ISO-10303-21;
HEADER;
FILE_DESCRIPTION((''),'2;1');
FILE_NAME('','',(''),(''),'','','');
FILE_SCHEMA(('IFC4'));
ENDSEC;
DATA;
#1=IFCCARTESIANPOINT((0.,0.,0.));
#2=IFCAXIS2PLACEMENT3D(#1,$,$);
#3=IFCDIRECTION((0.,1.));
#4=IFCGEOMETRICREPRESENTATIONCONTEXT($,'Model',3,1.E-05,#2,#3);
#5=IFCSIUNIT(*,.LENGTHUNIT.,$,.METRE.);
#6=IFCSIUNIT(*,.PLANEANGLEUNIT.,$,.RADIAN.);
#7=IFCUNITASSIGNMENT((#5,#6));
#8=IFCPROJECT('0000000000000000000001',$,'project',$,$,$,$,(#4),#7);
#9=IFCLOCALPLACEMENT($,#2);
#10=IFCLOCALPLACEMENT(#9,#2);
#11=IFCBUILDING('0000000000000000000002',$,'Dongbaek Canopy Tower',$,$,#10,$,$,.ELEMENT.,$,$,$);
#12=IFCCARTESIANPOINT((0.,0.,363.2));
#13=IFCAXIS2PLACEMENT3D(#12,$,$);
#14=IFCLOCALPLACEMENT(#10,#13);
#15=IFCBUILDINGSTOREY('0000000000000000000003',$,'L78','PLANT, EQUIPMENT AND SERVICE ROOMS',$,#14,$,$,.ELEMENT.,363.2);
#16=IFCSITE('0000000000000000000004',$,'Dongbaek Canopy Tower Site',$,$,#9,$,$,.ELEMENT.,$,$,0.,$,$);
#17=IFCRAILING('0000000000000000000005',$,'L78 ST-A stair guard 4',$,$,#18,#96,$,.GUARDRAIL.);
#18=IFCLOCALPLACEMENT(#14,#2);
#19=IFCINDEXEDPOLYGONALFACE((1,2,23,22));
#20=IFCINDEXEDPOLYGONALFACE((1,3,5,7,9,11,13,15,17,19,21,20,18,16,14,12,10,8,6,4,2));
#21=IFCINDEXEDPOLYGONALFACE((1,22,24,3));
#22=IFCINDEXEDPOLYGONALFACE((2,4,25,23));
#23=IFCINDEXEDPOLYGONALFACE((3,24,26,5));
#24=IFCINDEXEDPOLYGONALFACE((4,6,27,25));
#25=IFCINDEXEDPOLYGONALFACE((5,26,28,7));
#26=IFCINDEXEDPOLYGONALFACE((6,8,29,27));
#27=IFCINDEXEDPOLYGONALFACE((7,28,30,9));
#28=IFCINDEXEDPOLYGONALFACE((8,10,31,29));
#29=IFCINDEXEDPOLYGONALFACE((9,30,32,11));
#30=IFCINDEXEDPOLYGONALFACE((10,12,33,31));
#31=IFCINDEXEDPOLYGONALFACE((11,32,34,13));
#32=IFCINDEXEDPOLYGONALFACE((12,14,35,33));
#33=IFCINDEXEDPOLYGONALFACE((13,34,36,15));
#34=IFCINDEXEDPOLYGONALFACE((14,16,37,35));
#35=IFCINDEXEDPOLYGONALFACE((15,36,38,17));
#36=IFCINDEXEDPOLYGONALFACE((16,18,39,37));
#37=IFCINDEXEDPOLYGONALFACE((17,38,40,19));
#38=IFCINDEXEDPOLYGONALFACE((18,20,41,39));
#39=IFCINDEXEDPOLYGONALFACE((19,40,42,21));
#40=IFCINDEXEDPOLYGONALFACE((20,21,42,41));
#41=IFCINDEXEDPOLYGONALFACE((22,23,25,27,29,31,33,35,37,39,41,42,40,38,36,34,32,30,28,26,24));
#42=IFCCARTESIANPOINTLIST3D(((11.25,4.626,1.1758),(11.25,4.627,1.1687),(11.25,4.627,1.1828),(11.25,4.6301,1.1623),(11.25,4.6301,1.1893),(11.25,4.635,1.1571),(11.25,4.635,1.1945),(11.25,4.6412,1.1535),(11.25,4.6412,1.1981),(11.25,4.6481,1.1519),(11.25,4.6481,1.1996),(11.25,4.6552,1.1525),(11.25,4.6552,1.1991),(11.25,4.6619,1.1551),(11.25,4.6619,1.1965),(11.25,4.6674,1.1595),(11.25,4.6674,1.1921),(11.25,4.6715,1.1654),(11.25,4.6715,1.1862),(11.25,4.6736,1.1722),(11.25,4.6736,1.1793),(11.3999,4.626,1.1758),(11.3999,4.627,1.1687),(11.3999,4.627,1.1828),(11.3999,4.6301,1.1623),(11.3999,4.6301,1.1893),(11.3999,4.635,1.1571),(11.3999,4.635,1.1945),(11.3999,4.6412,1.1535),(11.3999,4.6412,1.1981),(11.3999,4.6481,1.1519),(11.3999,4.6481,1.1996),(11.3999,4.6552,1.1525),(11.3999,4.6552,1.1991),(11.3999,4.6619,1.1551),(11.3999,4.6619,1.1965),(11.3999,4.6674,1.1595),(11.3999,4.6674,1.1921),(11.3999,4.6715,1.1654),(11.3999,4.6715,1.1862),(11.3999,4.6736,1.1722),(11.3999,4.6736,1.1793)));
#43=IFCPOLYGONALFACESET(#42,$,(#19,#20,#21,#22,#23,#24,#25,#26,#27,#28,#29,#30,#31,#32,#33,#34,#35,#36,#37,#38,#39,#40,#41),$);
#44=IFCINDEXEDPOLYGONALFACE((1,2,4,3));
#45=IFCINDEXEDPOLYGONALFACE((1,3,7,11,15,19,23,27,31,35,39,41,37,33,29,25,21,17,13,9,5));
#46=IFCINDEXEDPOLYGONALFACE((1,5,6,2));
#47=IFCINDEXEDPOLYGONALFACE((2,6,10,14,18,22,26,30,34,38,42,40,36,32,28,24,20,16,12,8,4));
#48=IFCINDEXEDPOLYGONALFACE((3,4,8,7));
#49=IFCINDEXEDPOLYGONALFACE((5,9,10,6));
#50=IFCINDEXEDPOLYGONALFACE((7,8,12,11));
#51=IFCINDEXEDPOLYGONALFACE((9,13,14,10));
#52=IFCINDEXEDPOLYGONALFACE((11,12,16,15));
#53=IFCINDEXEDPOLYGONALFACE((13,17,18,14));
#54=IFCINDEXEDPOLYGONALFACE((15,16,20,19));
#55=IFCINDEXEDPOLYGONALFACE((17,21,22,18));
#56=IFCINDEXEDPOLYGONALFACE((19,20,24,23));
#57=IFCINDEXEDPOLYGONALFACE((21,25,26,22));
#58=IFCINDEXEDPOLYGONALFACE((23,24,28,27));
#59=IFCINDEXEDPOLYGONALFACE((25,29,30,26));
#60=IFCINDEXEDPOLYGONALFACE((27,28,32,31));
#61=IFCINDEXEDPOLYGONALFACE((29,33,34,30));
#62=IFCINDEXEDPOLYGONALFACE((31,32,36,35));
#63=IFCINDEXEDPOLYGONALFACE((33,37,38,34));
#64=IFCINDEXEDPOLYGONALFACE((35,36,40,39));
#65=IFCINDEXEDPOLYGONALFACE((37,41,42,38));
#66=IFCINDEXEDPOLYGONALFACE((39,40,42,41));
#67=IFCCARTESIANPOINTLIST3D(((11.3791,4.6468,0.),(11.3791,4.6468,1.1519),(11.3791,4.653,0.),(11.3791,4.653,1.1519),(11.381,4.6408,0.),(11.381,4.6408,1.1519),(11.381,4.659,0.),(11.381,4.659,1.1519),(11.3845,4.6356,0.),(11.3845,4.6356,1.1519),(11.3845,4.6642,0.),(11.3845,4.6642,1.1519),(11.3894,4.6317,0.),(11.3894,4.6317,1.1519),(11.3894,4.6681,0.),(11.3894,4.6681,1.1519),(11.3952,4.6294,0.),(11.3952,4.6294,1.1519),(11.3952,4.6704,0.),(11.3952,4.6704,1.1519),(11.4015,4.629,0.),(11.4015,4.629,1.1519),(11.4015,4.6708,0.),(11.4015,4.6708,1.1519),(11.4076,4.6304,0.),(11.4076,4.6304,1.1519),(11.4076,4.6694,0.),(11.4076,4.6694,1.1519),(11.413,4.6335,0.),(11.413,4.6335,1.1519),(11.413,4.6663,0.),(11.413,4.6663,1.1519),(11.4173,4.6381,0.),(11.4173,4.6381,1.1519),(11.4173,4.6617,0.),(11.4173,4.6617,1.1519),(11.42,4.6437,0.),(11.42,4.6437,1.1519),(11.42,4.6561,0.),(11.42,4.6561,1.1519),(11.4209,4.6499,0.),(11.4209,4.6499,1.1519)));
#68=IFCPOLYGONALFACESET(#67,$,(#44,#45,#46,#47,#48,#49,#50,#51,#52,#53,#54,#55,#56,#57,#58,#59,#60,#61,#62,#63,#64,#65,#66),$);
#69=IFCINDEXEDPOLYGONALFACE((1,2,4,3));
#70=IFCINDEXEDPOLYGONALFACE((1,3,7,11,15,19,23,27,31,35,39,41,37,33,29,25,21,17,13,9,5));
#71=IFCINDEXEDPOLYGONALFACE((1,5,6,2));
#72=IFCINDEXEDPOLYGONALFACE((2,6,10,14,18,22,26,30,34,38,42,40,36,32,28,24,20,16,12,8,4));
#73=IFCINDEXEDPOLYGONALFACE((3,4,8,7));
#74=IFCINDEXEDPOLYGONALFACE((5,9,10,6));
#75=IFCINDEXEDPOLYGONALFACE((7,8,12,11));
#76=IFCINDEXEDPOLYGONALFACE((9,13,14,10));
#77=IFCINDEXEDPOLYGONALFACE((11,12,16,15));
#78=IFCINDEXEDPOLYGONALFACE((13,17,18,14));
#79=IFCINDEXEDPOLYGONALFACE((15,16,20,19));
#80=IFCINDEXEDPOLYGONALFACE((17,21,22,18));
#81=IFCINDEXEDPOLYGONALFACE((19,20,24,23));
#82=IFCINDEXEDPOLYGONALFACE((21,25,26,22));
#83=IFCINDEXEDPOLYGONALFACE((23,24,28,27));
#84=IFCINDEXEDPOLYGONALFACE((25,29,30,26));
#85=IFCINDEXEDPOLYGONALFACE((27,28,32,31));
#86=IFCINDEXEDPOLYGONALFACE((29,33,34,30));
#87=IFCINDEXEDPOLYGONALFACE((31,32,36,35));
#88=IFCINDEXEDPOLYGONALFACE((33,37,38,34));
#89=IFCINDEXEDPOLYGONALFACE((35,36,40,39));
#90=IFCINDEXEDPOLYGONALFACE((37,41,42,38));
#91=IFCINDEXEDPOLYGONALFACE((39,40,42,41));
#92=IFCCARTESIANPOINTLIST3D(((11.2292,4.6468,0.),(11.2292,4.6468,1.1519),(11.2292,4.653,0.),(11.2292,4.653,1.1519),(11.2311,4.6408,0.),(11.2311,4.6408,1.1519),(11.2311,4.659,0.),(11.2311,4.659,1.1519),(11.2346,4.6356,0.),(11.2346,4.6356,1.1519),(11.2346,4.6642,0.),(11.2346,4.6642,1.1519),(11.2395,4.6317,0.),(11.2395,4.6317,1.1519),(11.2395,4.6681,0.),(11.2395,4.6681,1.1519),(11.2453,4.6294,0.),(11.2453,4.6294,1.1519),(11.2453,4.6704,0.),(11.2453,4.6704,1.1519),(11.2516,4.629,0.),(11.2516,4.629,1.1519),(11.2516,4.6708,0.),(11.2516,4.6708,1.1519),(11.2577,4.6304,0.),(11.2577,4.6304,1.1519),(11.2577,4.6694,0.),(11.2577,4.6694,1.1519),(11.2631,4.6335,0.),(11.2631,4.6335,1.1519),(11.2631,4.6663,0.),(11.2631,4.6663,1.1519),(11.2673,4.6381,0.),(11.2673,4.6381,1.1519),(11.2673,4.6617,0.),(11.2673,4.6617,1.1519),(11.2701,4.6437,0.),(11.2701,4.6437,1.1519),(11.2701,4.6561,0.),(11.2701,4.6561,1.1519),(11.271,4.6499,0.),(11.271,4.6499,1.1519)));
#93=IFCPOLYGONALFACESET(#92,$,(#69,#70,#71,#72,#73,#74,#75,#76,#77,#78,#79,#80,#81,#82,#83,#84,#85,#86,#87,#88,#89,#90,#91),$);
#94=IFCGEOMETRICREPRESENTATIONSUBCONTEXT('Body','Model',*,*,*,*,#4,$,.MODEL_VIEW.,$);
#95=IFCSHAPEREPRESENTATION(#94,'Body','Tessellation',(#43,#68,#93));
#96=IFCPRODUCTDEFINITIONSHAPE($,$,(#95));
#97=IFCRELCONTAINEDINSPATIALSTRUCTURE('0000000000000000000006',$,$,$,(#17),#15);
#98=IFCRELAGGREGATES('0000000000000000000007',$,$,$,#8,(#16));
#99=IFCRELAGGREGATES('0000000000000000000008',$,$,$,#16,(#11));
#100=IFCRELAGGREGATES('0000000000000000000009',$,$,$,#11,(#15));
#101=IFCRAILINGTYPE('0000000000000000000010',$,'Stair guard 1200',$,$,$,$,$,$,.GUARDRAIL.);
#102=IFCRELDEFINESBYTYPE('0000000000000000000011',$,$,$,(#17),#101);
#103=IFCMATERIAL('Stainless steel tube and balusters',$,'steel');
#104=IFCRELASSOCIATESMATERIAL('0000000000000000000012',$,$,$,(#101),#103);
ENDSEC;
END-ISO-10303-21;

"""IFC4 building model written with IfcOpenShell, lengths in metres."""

from ifc_helpers import new_model, si_unit, direction, frame, origin, origin_2d, place, context, subcontext, project, spatial, circle, extrude, material, type_object, element, save


model = new_model("IFC4")

# Units and contexts
model_context = context("Model", 3, precision=1e-05, world=origin(), true_north=direction((0.0, 1.0)))
body_context = subcontext(model_context, "Body", "Model", "MODEL_VIEW")
ifc_project = project(units=[si_unit("LENGTHUNIT", "METRE"), si_unit("PLANEANGLEUNIT", "RADIAN")], contexts=[model_context])

# Site, building, storey
site_placement = place(None, origin())
site = spatial("IfcSite", under=ifc_project, at=site_placement, Name="Dongbaek Canopy Tower Site", CompositionType="ELEMENT", RefElevation=0.0)
building_placement = place(site_placement, origin())
building = spatial("IfcBuilding", under=site, at=building_placement, Name="Dongbaek Canopy Tower", CompositionType="ELEMENT")
storey_placement = place(building_placement, frame((0.0, 0.0, 363.2)))
storey = spatial("IfcBuildingStorey", under=building, at=storey_placement, Name="L78", Description="PLANT, EQUIPMENT AND SERVICE ROOMS", CompositionType="ELEMENT", Elevation=363.2)

# Railing
ifc_material_1 = material(Name="Stainless steel tube and balusters", Category="steel")
railing_type_1 = type_object("IfcRailingType", Name="Stair guard 1200", PredefinedType="GUARDRAIL", material=ifc_material_1)
railing_1_placement = place(storey_placement, frame((11.3999, 4.6499, 0.0)))
element("IfcRailing", 1, at=railing_1_placement, inside=storey, type_object=railing_type_1, Name="L78 ST-A stair guard 4", PredefinedType="GUARDRAIL", context=body_context, shape_type="SweptSolid", body=[
    extrude(circle(Radius=0.0239, at=origin_2d()), frame((0.0, 0.0, 1.1758), z_axis=(-1.0, 0.0, 0.0), x_axis=(0.0, -1.0, 0.0)), (0.0, 0.0, 1.0), 0.1499),
    extrude(circle(Radius=0.021, at=origin_2d()), origin(), (0.0, 0.0, 1.0), 1.1519),
    extrude(circle(Radius=0.021, at=origin_2d()), frame((-0.1499, 0.0, 0.0)), (0.0, 0.0, 1.0), 1.1519),
])

save(model, "model.ifc")
